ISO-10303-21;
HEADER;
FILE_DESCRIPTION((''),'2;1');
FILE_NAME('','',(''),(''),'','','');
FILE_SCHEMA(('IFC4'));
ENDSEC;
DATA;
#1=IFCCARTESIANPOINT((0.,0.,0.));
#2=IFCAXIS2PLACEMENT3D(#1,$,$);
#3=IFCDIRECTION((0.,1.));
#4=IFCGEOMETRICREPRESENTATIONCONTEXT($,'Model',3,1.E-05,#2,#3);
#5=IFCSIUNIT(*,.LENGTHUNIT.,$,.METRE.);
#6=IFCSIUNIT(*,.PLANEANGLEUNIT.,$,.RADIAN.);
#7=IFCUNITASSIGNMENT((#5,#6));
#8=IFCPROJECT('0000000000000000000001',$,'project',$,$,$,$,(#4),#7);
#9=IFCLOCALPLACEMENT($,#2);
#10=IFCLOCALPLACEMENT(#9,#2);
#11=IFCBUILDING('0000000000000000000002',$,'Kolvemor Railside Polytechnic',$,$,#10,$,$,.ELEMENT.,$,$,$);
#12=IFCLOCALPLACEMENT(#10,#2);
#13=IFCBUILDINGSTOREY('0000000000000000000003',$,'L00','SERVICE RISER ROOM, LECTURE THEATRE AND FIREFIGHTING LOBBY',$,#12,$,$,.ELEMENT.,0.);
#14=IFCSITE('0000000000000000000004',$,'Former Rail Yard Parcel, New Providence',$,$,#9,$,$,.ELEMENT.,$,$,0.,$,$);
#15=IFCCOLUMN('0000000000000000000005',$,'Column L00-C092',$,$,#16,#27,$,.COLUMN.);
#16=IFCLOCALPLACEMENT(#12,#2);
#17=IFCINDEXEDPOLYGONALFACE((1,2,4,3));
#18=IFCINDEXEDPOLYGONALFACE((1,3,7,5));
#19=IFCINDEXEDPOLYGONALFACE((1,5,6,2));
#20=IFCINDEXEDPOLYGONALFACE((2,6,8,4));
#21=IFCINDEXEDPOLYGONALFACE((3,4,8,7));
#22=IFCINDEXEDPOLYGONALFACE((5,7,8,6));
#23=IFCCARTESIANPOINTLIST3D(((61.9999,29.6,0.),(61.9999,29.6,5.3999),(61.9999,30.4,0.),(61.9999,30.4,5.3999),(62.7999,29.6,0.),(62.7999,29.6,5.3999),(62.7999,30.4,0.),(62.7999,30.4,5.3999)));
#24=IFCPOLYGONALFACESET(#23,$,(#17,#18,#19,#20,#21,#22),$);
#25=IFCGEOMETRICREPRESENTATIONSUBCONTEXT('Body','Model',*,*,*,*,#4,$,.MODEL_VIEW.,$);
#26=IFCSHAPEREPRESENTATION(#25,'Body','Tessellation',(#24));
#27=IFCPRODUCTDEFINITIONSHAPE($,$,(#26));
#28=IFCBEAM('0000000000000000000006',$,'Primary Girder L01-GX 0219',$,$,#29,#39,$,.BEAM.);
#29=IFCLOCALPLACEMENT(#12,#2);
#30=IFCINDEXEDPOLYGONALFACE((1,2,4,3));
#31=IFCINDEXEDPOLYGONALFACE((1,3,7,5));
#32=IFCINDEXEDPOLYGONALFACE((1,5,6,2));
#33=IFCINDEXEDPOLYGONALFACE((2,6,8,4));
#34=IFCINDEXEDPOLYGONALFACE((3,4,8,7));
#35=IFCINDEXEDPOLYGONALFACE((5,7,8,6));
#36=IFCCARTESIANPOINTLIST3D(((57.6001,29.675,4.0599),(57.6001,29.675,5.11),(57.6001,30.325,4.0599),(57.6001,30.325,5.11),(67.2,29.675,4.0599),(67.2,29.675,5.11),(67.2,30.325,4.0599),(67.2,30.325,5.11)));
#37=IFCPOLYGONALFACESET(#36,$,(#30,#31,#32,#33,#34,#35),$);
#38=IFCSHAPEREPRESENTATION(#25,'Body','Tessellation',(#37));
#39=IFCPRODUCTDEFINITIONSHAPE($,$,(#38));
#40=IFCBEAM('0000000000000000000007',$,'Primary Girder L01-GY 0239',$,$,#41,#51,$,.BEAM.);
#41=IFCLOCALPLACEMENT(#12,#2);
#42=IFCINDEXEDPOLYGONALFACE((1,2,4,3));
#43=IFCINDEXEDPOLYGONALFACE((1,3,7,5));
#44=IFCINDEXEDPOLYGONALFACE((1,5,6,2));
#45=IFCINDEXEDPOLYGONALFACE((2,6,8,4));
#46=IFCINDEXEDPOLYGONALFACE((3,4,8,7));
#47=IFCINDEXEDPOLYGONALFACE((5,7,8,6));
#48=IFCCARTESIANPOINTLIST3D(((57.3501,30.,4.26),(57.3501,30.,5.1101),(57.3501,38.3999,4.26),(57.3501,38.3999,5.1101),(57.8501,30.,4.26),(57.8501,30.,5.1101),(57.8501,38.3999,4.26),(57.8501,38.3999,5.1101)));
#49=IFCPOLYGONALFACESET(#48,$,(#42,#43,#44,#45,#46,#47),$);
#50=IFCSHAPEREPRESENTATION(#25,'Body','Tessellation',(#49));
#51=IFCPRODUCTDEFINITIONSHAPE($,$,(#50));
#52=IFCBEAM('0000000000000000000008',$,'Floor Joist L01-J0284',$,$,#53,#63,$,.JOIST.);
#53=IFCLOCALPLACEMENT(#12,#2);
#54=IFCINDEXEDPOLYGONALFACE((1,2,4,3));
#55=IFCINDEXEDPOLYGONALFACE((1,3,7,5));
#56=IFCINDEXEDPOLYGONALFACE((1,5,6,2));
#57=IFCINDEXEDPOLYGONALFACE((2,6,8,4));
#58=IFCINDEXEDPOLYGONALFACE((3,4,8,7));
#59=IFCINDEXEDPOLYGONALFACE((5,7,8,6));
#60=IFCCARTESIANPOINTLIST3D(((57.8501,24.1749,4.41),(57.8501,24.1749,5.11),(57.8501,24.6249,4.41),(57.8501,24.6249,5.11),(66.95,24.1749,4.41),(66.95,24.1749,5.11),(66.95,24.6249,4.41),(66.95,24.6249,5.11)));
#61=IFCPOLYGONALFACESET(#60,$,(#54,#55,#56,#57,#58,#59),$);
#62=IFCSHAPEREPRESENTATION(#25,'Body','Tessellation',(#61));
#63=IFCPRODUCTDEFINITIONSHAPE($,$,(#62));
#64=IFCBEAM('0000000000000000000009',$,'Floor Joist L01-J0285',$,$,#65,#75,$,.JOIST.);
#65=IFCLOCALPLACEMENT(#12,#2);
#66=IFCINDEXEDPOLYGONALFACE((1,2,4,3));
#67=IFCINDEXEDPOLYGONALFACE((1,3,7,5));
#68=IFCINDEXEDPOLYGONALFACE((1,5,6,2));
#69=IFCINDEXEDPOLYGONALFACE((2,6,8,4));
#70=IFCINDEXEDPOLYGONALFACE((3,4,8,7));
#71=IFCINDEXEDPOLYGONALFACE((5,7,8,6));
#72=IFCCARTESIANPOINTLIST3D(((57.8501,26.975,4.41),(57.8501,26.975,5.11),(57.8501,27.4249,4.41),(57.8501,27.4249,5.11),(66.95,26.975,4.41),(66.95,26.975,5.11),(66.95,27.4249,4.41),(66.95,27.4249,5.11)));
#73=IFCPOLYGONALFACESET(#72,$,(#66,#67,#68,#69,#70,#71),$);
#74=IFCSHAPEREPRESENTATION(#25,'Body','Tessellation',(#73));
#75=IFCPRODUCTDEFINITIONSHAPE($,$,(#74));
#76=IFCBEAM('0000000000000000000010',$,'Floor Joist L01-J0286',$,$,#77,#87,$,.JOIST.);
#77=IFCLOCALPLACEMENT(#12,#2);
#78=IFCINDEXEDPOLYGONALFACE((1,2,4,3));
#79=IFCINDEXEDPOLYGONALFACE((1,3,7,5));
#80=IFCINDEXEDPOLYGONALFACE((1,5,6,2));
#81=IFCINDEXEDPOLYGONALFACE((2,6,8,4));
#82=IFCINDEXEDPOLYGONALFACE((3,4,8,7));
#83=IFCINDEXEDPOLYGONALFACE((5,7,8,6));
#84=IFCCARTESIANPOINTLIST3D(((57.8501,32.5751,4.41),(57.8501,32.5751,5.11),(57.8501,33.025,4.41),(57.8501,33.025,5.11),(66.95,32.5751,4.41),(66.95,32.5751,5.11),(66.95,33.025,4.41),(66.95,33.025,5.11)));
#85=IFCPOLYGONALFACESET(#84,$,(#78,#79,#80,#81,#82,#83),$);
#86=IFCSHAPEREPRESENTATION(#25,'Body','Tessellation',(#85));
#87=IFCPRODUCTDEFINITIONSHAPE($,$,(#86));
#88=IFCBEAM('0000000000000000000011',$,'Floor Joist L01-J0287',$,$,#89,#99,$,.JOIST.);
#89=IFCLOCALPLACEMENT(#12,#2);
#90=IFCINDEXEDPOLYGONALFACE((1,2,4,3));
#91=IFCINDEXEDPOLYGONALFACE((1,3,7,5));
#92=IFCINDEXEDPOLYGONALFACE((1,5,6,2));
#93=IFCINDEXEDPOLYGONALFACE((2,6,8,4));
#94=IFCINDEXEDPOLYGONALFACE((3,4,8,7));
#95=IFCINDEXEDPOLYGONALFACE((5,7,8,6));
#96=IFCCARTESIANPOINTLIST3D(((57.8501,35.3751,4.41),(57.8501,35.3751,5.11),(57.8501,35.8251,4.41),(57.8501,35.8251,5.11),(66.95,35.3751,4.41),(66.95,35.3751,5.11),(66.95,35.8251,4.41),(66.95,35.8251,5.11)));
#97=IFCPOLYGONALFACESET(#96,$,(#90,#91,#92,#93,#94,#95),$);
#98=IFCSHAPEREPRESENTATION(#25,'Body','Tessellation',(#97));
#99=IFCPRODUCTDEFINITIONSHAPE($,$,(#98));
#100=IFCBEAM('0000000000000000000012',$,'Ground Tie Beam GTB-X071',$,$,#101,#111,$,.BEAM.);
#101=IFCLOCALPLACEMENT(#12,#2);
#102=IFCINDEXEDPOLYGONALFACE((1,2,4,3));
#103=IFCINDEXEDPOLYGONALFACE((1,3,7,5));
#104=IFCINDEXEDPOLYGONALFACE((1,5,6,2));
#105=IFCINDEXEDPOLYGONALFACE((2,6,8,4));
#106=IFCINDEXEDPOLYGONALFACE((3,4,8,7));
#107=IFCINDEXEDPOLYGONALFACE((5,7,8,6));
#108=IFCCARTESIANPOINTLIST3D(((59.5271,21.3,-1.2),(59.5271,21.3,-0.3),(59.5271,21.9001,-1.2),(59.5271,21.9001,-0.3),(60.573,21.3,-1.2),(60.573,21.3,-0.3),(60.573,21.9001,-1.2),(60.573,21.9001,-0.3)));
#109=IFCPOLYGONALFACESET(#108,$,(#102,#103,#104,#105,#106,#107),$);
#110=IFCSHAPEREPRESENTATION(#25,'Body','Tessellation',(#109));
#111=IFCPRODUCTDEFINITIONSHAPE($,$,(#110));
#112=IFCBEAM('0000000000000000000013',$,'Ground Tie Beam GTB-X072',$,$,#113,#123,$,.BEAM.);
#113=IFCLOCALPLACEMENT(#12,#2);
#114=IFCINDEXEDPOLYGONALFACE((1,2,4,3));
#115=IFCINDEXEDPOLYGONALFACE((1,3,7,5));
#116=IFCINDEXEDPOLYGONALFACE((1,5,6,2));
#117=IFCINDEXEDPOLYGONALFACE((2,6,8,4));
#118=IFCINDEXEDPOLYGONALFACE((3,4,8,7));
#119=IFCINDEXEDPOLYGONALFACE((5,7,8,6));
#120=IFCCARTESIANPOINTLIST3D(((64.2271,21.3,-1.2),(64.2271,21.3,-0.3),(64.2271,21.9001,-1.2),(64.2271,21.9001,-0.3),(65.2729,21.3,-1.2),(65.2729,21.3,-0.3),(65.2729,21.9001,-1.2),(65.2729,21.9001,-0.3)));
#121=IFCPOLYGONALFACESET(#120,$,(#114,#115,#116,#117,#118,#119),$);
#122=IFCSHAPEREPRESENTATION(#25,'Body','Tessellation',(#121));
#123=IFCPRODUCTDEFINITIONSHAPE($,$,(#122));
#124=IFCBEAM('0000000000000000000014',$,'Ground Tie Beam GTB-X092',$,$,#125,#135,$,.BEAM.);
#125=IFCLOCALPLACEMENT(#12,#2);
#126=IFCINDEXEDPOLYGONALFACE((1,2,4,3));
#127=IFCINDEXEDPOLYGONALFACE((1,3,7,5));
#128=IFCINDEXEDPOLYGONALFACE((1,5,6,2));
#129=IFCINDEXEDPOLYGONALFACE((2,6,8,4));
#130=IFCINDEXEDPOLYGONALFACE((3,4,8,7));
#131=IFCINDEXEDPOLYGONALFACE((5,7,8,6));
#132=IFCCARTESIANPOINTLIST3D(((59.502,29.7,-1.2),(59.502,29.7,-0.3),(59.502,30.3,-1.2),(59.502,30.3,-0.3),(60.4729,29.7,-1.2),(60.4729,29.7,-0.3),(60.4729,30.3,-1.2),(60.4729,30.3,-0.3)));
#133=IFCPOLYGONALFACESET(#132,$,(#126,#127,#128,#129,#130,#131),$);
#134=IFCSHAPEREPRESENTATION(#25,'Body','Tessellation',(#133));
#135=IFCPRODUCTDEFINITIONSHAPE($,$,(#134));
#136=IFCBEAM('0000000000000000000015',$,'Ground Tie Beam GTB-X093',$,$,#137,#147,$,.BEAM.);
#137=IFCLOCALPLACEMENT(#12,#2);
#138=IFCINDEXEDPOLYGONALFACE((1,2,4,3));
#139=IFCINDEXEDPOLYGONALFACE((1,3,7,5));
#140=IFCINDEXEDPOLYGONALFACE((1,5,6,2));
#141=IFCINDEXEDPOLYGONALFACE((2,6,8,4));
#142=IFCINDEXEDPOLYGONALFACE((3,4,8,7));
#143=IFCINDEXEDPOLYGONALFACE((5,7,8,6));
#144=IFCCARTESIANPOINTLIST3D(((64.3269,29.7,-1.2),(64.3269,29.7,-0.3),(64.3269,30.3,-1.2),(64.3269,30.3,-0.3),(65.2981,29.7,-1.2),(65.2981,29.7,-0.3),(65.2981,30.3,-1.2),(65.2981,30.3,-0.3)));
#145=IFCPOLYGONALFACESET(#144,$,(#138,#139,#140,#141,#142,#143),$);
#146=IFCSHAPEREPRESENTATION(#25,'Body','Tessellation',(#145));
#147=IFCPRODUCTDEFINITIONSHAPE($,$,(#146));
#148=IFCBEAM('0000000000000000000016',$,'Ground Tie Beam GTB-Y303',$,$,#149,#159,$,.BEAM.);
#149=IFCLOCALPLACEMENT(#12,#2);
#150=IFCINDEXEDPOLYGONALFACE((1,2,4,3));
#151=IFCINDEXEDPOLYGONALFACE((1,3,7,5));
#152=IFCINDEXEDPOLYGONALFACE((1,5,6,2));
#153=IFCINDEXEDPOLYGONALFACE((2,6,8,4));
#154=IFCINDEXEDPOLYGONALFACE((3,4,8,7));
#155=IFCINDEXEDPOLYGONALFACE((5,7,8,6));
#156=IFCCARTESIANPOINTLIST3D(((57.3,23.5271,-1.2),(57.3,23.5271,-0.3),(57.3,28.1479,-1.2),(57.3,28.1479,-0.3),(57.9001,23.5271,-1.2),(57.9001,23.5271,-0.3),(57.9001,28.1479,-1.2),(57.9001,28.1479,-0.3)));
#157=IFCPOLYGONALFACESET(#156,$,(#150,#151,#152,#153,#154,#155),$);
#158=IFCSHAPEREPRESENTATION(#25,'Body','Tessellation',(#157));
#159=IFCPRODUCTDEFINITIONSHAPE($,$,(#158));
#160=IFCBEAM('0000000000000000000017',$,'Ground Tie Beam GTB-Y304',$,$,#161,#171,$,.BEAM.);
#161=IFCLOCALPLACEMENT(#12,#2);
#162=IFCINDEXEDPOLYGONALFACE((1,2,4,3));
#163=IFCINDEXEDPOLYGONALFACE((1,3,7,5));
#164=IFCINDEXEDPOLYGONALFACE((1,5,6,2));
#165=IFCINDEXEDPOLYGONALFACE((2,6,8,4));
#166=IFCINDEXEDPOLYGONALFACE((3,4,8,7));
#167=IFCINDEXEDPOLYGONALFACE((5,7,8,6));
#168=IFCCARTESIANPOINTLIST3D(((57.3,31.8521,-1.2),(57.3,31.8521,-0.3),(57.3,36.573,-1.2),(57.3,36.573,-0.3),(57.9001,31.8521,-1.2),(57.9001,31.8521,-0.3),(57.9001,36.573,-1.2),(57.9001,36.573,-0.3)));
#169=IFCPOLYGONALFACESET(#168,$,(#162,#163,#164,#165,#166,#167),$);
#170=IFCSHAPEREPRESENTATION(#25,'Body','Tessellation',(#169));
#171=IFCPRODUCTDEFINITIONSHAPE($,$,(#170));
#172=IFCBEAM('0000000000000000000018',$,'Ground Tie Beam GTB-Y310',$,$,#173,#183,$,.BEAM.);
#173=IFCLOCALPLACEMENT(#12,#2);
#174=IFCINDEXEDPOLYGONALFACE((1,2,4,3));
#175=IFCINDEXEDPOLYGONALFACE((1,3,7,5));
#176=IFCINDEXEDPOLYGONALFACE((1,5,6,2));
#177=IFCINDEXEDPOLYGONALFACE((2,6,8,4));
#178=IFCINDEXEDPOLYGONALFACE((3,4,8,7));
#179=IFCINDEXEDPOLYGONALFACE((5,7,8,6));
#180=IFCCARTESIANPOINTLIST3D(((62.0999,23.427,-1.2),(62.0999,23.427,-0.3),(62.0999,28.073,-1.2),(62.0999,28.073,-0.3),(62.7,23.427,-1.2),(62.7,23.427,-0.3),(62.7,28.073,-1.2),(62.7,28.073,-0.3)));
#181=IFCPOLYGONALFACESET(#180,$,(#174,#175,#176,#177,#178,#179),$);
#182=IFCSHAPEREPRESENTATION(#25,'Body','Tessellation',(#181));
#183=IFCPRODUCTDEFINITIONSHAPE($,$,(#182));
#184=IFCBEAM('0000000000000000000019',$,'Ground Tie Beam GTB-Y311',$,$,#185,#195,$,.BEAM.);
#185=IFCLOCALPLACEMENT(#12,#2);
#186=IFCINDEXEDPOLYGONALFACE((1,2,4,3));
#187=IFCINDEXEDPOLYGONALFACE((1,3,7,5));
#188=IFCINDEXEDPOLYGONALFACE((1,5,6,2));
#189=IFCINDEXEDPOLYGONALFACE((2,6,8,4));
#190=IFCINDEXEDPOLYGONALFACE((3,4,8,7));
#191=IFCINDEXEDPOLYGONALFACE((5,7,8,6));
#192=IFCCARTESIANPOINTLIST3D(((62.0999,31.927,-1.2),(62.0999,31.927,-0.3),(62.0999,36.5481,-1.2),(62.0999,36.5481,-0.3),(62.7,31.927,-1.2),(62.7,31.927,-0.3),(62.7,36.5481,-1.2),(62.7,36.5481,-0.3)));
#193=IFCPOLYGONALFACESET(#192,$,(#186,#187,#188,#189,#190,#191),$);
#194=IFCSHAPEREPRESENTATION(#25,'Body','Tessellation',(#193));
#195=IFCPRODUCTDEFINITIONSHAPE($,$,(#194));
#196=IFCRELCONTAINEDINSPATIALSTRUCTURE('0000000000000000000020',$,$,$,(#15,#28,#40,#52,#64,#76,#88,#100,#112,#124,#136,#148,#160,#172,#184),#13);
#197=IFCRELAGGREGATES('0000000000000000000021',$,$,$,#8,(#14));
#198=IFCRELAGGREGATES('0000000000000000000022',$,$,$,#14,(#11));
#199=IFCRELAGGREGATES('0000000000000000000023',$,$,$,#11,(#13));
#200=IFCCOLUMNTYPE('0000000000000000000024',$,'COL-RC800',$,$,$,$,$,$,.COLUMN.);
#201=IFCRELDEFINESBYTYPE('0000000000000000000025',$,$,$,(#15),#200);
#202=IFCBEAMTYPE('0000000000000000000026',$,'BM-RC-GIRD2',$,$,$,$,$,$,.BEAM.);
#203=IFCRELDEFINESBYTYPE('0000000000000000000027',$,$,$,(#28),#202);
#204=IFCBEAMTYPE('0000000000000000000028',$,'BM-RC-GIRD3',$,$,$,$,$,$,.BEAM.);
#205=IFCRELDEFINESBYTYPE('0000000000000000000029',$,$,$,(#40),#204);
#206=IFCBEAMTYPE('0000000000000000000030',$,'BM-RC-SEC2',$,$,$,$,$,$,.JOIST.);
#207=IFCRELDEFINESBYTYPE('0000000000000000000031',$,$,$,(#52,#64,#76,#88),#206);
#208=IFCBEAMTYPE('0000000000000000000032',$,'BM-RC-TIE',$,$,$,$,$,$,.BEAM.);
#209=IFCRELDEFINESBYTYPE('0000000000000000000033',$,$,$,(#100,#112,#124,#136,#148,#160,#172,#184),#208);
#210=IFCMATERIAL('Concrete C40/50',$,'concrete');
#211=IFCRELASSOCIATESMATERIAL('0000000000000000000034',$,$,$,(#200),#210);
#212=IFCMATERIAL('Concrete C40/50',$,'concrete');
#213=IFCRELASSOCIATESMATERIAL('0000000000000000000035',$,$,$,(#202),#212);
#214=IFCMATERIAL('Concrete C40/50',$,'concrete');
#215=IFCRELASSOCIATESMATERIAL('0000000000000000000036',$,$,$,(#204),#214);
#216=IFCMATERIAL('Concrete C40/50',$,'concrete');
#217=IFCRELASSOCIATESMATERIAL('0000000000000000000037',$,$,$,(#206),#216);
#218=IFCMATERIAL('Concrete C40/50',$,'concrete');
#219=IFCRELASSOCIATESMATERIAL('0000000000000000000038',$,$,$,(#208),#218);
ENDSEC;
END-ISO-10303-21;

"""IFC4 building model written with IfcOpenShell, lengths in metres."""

from ifc_helpers import new_model, si_unit, direction, frame, origin, origin_2d, place, context, subcontext, project, spatial, rectangle, extrude, material, material_profile, profile_set, type_object, element, save


model = new_model("IFC4")

# Units and contexts
model_context = context("Model", 3, precision=1e-05, world=origin(), true_north=direction((0.0, 1.0)))
body_context = subcontext(model_context, "Body", "Model", "MODEL_VIEW")
ifc_project = project(units=[si_unit("LENGTHUNIT", "METRE"), si_unit("PLANEANGLEUNIT", "RADIAN")], contexts=[model_context])

# Site, building, storey
site_placement = place(None, origin())
site = spatial("IfcSite", under=ifc_project, at=site_placement, Name="Former Rail Yard Parcel, New Providence", CompositionType="ELEMENT", RefElevation=0.0)
building_placement = place(site_placement, origin())
building = spatial("IfcBuilding", under=site, at=building_placement, Name="Kolvemor Railside Polytechnic", CompositionType="ELEMENT")
storey_placement = place(building_placement, origin())
storey = spatial("IfcBuildingStorey", under=building, at=storey_placement, Name="L00", Description="SERVICE RISER ROOM, LECTURE THEATRE AND FIREFIGHTING LOBBY", CompositionType="ELEMENT", Elevation=0.0)

# Column
ifc_material_1 = material(Name="Concrete C40/50", Category="concrete")
ifc_material_profile_1 = material_profile(ifc_material_1, rectangle(XDim=0.8, YDim=0.8, at=origin_2d()), Name="RC800x800")
ifc_profile_set_1 = profile_set([ifc_material_profile_1], Name="Concrete C40/50")
column_type = type_object("IfcColumnType", Name="COL-RC800", PredefinedType="COLUMN", material=ifc_profile_set_1)
for number, where, z_axis, x_axis, name in (
    (1, (62.3999, 30.0, 0.0), (0.0, 0.0, 1.0), (1.0, 0.0, 0.0), "Column L00-C092"),
):
    element("IfcColumn", number, at=place(storey_placement, frame(where, z_axis=z_axis, x_axis=x_axis)), inside=storey, type_object=column_type, Name=name, PredefinedType="COLUMN", context=body_context, shape_type="SweptSolid", body=[
        extrude(rectangle(XDim=0.8, YDim=0.8, at=origin_2d()), origin(), (0.0, 0.0, 1.0), 5.3999),
    ])

# Beams
ifc_material_2 = material(Name="Concrete C40/50", Category="concrete")
ifc_material_profile_2 = material_profile(ifc_material_2, rectangle(XDim=0.6499, YDim=1.05, at=origin_2d()), Name="RC650x1050")
ifc_profile_set_2 = profile_set([ifc_material_profile_2], Name="Concrete C40/50")
beam_type_1 = type_object("IfcBeamType", Name="BM-RC-GIRD2", PredefinedType="BEAM", material=ifc_profile_set_2)
beam_1_placement = place(storey_placement, frame((57.6001, 30.0, 4.585), z_axis=(1.0, 0.0, 0.0), x_axis=(0.0, 1.0, 0.0)))
element("IfcBeam", 2, at=beam_1_placement, inside=storey, type_object=beam_type_1, Name="Primary Girder L01-GX 0219", PredefinedType="BEAM", context=body_context, shape_type="SweptSolid", body=[
    extrude(rectangle(XDim=0.6499, YDim=1.05, at=origin_2d()), origin(), (0.0, 0.0, 1.0), 9.5999),
])
ifc_material_3 = material(Name="Concrete C40/50", Category="concrete")
ifc_material_profile_3 = material_profile(ifc_material_3, rectangle(XDim=0.5, YDim=0.8501, at=origin_2d()), Name="RC500x850")
ifc_profile_set_3 = profile_set([ifc_material_profile_3], Name="Concrete C40/50")
beam_type_2 = type_object("IfcBeamType", Name="BM-RC-GIRD3", PredefinedType="BEAM", material=ifc_profile_set_3)
beam_2_placement = place(storey_placement, frame((57.6001, 30.0, 4.6851), z_axis=(0.0, 1.0, 0.0), x_axis=(-1.0, 0.0, 0.0)))
element("IfcBeam", 3, at=beam_2_placement, inside=storey, type_object=beam_type_2, Name="Primary Girder L01-GY 0239", PredefinedType="BEAM", context=body_context, shape_type="SweptSolid", body=[
    extrude(rectangle(XDim=0.5, YDim=0.8501, at=origin_2d()), origin(), (0.0, 0.0, 1.0), 8.3999),
])
ifc_material_4 = material(Name="Concrete C40/50", Category="concrete")
ifc_material_profile_4 = material_profile(ifc_material_4, rectangle(XDim=0.45, YDim=0.7, at=origin_2d()), Name="RC450x700")
ifc_profile_set_4 = profile_set([ifc_material_profile_4], Name="Concrete C40/50")
beam_type_3 = type_object("IfcBeamType", Name="BM-RC-SEC2", PredefinedType="JOIST", material=ifc_profile_set_4)
for number, where, z_axis, x_axis, name in (
    (4, (57.8501, 24.3999, 4.76), (1.0, 0.0, 0.0), (0.0, 1.0, 0.0), "Floor Joist L01-J0284"),
    (5, (57.8501, 27.2, 4.76), (1.0, 0.0, 0.0), (0.0, 1.0, 0.0), "Floor Joist L01-J0285"),
    (6, (57.8501, 32.8, 4.76), (1.0, 0.0, 0.0), (0.0, 1.0, 0.0), "Floor Joist L01-J0286"),
    (7, (57.8501, 35.6001, 4.76), (1.0, 0.0, 0.0), (0.0, 1.0, 0.0), "Floor Joist L01-J0287"),
):
    element("IfcBeam", number, at=place(storey_placement, frame(where, z_axis=z_axis, x_axis=x_axis)), inside=storey, type_object=beam_type_3, Name=name, PredefinedType="JOIST", context=body_context, shape_type="SweptSolid", body=[
        extrude(rectangle(XDim=0.45, YDim=0.7, at=origin_2d()), origin(), (0.0, 0.0, 1.0), 9.0999),
    ])
ifc_material_5 = material(Name="Concrete C40/50", Category="concrete")
ifc_material_profile_5 = material_profile(ifc_material_5, rectangle(XDim=0.6001, YDim=0.8999, at=origin_2d()), Name="RC600x900")
ifc_profile_set_5 = profile_set([ifc_material_profile_5], Name="Concrete C40/50")
beam_type_4 = type_object("IfcBeamType", Name="BM-RC-TIE", PredefinedType="BEAM", material=ifc_profile_set_5)
for number, where, z_axis, x_axis, name in (
    (8, (59.5271, 21.6001, -0.75), (1.0, 0.0, 0.0), (0.0, 1.0, 0.0), "Ground Tie Beam GTB-X071"),
    (9, (64.2271, 21.6001, -0.75), (1.0, 0.0, 0.0), (0.0, 1.0, 0.0), "Ground Tie Beam GTB-X072"),
):
    element("IfcBeam", number, at=place(storey_placement, frame(where, z_axis=z_axis, x_axis=x_axis)), inside=storey, type_object=beam_type_4, Name=name, PredefinedType="BEAM", context=body_context, shape_type="SweptSolid", body=[
        extrude(rectangle(XDim=0.6001, YDim=0.8999, at=origin_2d()), origin(), (0.0, 0.0, 1.0), 1.0459),
    ])
beam_3_placement = place(storey_placement, frame((59.502, 30.0, -0.75), z_axis=(1.0, 0.0, 0.0), x_axis=(0.0, 1.0, 0.0)))
element("IfcBeam", 10, at=beam_3_placement, inside=storey, type_object=beam_type_4, Name="Ground Tie Beam GTB-X092", PredefinedType="BEAM", context=body_context, shape_type="SweptSolid", body=[
    extrude(rectangle(XDim=0.6001, YDim=0.8999, at=origin_2d()), origin(), (0.0, 0.0, 1.0), 0.9709),
])
beam_4_placement = place(storey_placement, frame((64.3269, 30.0, -0.75), z_axis=(1.0, 0.0, 0.0), x_axis=(0.0, 1.0, 0.0)))
element("IfcBeam", 11, at=beam_4_placement, inside=storey, type_object=beam_type_4, Name="Ground Tie Beam GTB-X093", PredefinedType="BEAM", context=body_context, shape_type="SweptSolid", body=[
    extrude(rectangle(XDim=0.6001, YDim=0.8999, at=origin_2d()), origin(), (0.0, 0.0, 1.0), 0.9712),
])
beam_5_placement = place(storey_placement, frame((57.6001, 23.5271, -0.75), z_axis=(0.0, 1.0, 0.0), x_axis=(-1.0, 0.0, 0.0)))
element("IfcBeam", 12, at=beam_5_placement, inside=storey, type_object=beam_type_4, Name="Ground Tie Beam GTB-Y303", PredefinedType="BEAM", context=body_context, shape_type="SweptSolid", body=[
    extrude(rectangle(XDim=0.6001, YDim=0.8999, at=origin_2d()), origin(), (0.0, 0.0, 1.0), 4.6208),
])
beam_6_placement = place(storey_placement, frame((57.6001, 31.8521, -0.75), z_axis=(0.0, 1.0, 0.0), x_axis=(-1.0, 0.0, 0.0)))
element("IfcBeam", 13, at=beam_6_placement, inside=storey, type_object=beam_type_4, Name="Ground Tie Beam GTB-Y304", PredefinedType="BEAM", context=body_context, shape_type="SweptSolid", body=[
    extrude(rectangle(XDim=0.6001, YDim=0.8999, at=origin_2d()), origin(), (0.0, 0.0, 1.0), 4.7209),
])
beam_7_placement = place(storey_placement, frame((62.3999, 23.427, -0.75), z_axis=(0.0, 1.0, 0.0), x_axis=(-1.0, 0.0, 0.0)))
element("IfcBeam", 14, at=beam_7_placement, inside=storey, type_object=beam_type_4, Name="Ground Tie Beam GTB-Y310", PredefinedType="BEAM", context=body_context, shape_type="SweptSolid", body=[
    extrude(rectangle(XDim=0.6001, YDim=0.8999, at=origin_2d()), origin(), (0.0, 0.0, 1.0), 4.646),
])
beam_8_placement = place(storey_placement, frame((62.3999, 31.927, -0.75), z_axis=(0.0, 1.0, 0.0), x_axis=(-1.0, 0.0, 0.0)))
element("IfcBeam", 15, at=beam_8_placement, inside=storey, type_object=beam_type_4, Name="Ground Tie Beam GTB-Y311", PredefinedType="BEAM", context=body_context, shape_type="SweptSolid", body=[
    extrude(rectangle(XDim=0.6001, YDim=0.8999, at=origin_2d()), origin(), (0.0, 0.0, 1.0), 4.6211),
])

save(model, "model.ifc")
